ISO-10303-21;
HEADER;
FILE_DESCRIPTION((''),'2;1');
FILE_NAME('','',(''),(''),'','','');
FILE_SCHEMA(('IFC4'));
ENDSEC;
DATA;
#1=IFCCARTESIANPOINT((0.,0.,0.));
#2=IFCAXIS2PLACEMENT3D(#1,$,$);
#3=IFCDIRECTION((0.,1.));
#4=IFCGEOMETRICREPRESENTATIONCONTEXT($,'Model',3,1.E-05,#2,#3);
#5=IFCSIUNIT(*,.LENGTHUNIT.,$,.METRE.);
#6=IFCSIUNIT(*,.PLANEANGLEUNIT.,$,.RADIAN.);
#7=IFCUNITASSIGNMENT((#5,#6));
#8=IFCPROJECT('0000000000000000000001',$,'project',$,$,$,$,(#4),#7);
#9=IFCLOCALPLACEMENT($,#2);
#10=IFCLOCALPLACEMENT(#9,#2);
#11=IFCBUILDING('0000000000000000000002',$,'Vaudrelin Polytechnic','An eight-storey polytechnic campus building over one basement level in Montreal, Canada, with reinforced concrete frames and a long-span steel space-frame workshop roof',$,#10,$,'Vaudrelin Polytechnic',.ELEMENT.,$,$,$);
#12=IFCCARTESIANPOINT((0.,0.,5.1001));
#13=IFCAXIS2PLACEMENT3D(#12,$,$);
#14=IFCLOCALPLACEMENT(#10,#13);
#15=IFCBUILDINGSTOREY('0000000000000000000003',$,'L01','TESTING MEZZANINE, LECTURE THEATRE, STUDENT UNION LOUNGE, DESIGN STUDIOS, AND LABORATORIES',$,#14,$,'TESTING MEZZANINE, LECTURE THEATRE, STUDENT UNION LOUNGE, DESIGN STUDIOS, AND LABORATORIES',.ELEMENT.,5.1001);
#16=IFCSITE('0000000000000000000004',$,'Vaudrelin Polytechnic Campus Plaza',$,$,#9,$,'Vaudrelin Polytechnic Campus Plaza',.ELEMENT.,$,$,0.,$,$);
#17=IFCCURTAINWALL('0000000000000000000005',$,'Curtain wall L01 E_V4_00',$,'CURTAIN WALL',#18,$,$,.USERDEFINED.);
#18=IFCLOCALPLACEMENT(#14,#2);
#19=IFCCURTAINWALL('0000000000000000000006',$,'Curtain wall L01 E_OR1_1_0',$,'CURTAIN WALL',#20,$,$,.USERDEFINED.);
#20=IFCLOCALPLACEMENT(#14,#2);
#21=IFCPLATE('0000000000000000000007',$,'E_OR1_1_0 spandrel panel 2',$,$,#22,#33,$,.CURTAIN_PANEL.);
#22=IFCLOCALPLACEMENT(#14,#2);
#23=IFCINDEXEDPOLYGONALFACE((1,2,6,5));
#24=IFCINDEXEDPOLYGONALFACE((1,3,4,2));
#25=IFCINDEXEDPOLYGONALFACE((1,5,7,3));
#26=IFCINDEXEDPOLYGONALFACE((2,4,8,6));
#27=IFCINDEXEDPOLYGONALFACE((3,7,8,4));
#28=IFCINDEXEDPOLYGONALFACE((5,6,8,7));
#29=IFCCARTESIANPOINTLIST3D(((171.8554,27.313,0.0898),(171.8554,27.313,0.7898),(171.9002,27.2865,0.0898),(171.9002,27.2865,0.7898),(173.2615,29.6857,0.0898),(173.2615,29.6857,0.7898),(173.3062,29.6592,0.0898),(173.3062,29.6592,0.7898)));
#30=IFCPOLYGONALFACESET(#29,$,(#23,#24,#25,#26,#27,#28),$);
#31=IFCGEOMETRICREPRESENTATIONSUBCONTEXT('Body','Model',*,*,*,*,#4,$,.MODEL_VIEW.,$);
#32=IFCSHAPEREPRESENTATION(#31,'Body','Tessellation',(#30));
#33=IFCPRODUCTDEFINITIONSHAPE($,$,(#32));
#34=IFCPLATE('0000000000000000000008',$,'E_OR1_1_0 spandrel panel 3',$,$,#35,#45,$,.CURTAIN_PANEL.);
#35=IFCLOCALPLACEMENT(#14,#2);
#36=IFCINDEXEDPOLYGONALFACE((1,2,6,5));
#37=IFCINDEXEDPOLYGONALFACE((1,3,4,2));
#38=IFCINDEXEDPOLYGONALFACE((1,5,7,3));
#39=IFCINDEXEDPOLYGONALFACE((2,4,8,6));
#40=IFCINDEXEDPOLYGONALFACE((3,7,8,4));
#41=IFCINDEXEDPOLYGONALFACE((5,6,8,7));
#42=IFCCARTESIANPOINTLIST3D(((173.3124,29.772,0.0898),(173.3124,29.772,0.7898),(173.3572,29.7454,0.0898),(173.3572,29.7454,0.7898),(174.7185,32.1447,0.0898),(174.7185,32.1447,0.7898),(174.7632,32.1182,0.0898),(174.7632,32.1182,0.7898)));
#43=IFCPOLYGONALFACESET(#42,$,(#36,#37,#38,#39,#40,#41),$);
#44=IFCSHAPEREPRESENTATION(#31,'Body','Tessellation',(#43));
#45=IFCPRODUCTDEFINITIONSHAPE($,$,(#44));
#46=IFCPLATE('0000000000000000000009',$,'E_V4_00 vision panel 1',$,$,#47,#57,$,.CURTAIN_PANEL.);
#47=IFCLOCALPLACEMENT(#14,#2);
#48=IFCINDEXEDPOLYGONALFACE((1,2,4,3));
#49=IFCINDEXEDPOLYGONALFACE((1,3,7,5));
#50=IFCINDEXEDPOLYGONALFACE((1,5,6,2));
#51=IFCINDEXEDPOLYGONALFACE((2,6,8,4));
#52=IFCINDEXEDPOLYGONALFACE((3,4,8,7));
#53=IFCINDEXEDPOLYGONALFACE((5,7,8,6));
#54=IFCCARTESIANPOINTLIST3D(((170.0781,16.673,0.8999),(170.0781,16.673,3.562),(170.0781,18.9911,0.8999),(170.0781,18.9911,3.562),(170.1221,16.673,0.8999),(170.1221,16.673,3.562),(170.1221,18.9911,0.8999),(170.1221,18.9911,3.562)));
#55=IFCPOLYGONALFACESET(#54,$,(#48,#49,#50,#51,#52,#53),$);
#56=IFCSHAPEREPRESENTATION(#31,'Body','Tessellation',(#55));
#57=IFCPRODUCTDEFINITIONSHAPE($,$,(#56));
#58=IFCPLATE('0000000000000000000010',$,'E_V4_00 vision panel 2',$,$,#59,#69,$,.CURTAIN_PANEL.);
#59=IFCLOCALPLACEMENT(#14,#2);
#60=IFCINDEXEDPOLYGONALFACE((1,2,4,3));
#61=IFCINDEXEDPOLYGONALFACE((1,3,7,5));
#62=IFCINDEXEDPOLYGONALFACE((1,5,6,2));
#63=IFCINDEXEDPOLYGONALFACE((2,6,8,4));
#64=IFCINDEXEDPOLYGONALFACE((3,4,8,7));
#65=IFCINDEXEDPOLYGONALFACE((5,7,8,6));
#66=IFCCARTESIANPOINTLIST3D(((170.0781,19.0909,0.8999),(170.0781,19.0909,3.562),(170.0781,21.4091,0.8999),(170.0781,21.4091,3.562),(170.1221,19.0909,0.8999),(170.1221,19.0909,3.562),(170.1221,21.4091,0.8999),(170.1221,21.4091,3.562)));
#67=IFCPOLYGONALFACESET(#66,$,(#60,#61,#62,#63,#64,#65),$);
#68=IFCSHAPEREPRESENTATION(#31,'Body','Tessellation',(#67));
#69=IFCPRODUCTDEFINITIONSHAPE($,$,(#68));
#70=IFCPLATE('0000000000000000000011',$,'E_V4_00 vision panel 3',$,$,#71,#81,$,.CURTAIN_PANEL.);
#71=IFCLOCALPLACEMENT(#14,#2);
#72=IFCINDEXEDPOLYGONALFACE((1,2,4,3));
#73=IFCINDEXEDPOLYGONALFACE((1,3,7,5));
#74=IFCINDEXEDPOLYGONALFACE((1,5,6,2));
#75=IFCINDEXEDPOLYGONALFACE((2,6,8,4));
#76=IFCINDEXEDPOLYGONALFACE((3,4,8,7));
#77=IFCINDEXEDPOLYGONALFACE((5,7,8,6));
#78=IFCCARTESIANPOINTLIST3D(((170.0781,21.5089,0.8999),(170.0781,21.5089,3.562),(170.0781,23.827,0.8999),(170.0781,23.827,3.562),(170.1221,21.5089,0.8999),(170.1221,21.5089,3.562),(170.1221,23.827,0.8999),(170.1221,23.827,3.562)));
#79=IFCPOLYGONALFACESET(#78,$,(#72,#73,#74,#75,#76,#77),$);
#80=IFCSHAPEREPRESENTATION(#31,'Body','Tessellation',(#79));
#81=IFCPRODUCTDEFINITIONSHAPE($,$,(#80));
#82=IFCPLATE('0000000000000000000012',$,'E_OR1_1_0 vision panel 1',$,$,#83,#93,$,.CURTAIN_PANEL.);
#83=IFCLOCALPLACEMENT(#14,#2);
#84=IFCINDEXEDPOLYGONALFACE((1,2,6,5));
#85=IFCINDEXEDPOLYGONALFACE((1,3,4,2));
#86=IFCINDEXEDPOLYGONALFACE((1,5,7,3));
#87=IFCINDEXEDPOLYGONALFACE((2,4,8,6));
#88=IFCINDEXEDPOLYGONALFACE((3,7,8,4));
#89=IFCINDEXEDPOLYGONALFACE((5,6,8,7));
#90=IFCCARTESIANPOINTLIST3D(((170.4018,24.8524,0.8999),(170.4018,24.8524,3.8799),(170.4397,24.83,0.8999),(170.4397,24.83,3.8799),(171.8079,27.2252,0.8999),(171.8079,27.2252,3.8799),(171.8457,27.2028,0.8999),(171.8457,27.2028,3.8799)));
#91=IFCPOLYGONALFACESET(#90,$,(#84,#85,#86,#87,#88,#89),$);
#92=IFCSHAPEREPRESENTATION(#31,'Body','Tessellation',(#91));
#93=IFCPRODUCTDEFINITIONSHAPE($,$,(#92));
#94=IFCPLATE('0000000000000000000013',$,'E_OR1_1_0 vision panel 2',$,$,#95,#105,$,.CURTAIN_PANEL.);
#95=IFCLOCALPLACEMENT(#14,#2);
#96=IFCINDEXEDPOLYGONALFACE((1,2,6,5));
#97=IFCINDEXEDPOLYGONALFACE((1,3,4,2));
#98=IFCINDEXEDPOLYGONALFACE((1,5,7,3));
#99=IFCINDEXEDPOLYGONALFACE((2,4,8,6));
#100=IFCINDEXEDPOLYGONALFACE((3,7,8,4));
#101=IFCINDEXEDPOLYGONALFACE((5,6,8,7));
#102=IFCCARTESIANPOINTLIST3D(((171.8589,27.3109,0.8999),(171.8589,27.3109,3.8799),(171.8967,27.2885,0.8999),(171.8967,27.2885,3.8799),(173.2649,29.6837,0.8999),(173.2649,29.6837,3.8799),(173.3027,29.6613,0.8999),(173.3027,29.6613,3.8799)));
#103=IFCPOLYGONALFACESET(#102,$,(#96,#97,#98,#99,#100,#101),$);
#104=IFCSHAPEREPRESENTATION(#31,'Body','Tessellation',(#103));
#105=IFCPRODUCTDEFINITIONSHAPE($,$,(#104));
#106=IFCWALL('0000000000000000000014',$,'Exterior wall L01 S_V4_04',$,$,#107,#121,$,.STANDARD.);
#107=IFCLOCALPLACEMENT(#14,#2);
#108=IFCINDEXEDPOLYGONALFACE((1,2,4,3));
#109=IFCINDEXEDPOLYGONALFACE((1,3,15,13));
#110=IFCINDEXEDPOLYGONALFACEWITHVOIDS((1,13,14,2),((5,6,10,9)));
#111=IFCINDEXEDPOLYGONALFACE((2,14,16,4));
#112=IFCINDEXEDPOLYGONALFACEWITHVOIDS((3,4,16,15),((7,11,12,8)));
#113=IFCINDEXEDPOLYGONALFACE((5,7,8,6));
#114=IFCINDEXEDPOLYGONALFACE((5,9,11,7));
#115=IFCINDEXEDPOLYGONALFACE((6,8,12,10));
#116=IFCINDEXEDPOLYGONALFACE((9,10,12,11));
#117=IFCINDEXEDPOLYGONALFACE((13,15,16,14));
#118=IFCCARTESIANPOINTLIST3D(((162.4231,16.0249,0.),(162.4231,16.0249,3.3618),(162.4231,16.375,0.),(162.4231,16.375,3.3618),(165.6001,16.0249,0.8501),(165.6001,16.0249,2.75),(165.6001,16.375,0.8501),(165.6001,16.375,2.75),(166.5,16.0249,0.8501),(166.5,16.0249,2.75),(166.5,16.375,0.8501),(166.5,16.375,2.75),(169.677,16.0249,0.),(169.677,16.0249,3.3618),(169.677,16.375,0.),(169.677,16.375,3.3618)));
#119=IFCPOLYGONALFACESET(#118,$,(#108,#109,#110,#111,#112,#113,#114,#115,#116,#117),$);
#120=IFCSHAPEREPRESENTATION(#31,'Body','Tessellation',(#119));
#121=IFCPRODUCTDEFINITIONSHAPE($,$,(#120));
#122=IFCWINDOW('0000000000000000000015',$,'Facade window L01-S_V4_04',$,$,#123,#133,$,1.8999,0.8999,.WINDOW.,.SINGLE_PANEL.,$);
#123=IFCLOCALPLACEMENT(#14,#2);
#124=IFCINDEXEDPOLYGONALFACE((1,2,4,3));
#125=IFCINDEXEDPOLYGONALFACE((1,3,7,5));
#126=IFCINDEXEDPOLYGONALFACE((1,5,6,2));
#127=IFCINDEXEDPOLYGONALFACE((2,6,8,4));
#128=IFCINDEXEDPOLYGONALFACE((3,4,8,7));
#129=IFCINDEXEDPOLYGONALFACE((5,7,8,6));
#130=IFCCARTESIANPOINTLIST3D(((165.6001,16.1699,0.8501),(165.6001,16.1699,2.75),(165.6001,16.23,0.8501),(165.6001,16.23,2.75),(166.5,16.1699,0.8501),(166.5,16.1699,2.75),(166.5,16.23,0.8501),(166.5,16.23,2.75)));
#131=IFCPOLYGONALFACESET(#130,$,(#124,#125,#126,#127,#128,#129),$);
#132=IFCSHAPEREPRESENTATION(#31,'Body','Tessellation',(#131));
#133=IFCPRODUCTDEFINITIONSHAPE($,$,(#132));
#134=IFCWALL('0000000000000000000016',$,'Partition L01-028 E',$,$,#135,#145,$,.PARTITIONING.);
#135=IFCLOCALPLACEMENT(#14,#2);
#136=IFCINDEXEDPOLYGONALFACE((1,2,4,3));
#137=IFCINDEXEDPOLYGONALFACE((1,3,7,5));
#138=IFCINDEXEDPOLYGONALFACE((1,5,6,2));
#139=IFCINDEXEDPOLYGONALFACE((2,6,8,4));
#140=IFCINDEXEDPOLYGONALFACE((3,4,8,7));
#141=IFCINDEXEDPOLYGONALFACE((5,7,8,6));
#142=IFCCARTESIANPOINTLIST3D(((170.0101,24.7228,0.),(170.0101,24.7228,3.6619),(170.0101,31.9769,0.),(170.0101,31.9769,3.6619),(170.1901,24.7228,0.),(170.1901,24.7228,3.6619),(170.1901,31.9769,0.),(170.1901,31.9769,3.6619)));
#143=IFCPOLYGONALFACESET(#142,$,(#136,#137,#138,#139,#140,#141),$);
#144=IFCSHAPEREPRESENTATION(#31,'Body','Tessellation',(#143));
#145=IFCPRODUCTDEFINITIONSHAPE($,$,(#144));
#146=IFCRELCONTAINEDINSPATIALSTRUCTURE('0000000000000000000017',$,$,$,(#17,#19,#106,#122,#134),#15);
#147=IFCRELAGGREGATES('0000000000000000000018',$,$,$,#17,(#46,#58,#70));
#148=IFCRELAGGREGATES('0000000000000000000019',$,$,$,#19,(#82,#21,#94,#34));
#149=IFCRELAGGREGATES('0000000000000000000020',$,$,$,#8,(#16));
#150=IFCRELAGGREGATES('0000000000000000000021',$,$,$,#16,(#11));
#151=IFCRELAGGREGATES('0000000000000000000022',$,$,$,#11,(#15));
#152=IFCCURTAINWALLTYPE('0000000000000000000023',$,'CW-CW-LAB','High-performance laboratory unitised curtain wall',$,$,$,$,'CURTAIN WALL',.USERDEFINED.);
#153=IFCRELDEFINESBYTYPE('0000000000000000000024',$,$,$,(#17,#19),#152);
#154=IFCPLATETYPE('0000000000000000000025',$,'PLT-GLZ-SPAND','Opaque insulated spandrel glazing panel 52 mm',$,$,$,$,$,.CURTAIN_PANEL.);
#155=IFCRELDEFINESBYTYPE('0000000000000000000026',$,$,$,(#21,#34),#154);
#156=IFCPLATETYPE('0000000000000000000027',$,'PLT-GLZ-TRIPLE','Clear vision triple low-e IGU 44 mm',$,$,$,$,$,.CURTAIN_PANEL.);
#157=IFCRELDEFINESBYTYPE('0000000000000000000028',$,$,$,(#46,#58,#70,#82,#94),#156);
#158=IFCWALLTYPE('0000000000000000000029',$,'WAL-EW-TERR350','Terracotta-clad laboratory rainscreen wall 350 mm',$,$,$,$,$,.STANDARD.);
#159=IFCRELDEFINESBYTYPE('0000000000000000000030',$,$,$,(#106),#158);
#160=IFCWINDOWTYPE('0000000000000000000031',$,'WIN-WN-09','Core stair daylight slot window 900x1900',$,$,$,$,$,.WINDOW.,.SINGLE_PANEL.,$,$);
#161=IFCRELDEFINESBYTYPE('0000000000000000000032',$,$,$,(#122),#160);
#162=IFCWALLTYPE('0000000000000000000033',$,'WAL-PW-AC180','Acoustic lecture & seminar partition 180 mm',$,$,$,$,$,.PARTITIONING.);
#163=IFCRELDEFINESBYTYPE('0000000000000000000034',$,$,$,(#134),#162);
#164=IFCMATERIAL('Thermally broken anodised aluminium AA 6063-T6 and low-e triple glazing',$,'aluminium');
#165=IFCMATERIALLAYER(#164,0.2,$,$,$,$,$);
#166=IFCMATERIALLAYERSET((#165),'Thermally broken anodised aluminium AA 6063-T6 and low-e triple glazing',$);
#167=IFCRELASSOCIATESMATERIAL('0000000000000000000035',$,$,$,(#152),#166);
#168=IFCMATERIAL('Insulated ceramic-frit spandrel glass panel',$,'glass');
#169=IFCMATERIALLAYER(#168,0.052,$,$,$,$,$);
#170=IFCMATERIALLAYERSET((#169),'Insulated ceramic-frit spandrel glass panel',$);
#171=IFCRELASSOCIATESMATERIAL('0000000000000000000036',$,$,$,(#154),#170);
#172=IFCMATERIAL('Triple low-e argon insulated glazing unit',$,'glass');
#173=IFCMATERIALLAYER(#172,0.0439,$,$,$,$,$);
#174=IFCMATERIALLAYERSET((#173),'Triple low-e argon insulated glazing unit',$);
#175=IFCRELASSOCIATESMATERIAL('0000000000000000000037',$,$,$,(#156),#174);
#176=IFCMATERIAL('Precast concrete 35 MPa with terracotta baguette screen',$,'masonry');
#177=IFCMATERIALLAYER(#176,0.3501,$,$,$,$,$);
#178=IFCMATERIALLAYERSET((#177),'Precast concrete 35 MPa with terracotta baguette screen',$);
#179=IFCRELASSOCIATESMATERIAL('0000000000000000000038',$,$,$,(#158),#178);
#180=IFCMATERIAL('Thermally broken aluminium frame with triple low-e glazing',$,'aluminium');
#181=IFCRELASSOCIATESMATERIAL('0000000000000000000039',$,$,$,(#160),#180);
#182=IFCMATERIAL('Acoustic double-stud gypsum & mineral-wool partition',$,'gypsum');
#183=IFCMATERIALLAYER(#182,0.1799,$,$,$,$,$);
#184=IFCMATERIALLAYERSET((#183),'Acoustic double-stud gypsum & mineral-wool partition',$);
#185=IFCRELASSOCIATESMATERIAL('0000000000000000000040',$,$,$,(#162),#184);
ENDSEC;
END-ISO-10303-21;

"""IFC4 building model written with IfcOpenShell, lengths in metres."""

from ifc_helpers import new_model, si_unit, direction, frame, frame_2d, origin, origin_2d, place, context, subcontext, project, spatial, rectangle, extrude, material, layer, layer_set, type_object, element, fill, aggregate, save


model = new_model("IFC4")

# Units and contexts
model_context = context("Model", 3, precision=1e-05, world=origin(), true_north=direction((0.0, 1.0)))
body_context = subcontext(model_context, "Body", "Model", "MODEL_VIEW")
ifc_project = project(units=[si_unit("LENGTHUNIT", "METRE"), si_unit("PLANEANGLEUNIT", "RADIAN")], contexts=[model_context])

# Site, building, storey
site_placement = place(None, origin())
site = spatial("IfcSite", under=ifc_project, at=site_placement, Name="Vaudrelin Polytechnic Campus Plaza", LongName="Vaudrelin Polytechnic Campus Plaza", CompositionType="ELEMENT", RefElevation=0.0)
building_placement = place(site_placement, origin())
building = spatial("IfcBuilding", under=site, at=building_placement, Name="Vaudrelin Polytechnic", Description="An eight-storey polytechnic campus building over one basement level in Montreal, Canada, with reinforced concrete frames and a long-span steel space-frame workshop roof", LongName="Vaudrelin Polytechnic", CompositionType="ELEMENT")
storey_placement = place(building_placement, frame((0.0, 0.0, 5.1001)))
storey = spatial("IfcBuildingStorey", under=building, at=storey_placement, Name="L01", Description="TESTING MEZZANINE, LECTURE THEATRE, STUDENT UNION LOUNGE, DESIGN STUDIOS, AND LABORATORIES", LongName="TESTING MEZZANINE, LECTURE THEATRE, STUDENT UNION LOUNGE, DESIGN STUDIOS, AND LABORATORIES", CompositionType="ELEMENT", Elevation=5.1001)

# Curtain walls
ifc_material_1 = material(Name="Thermally broken anodised aluminium AA 6063-T6 and low-e triple glazing", Category="aluminium")
ifc_layer_1 = layer(ifc_material_1, 0.2)
ifc_layer_set_1 = layer_set([ifc_layer_1], Name="Thermally broken anodised aluminium AA 6063-T6 and low-e triple glazing")
curtain_wall_type = type_object("IfcCurtainWallType", Name="CW-CW-LAB", Description="High-performance laboratory unitised curtain wall", ElementType="CURTAIN WALL", PredefinedType="USERDEFINED", material=ifc_layer_set_1)
curtain_wall_1_placement = place(storey_placement, origin())
curtain_wall_1 = element("IfcCurtainWall", 1, at=curtain_wall_1_placement, inside=storey, type_object=curtain_wall_type, Name="Curtain wall L01 E_V4_00", ObjectType="CURTAIN WALL", PredefinedType="USERDEFINED")
curtain_wall_2_placement = place(storey_placement, origin())
curtain_wall_2 = element("IfcCurtainWall", 2, at=curtain_wall_2_placement, inside=storey, type_object=curtain_wall_type, Name="Curtain wall L01 E_OR1_1_0", ObjectType="CURTAIN WALL", PredefinedType="USERDEFINED")

# Plates
ifc_material_2 = material(Name="Insulated ceramic-frit spandrel glass panel", Category="glass")
ifc_layer_2 = layer(ifc_material_2, 0.052)
ifc_layer_set_2 = layer_set([ifc_layer_2], Name="Insulated ceramic-frit spandrel glass panel")
plate_type_1 = type_object("IfcPlateType", Name="PLT-GLZ-SPAND", Description="Opaque insulated spandrel glazing panel 52 mm", PredefinedType="CURTAIN_PANEL", material=ifc_layer_set_2)
plate_1_placement = place(storey_placement, frame((172.5808, 28.4861, 0.0898), z_axis=(0.0, 0.0, 1.0), x_axis=(0.509799, 0.860294, 0.0)))
plate_1 = element("IfcPlate", 3, at=plate_1_placement, type_object=plate_type_1, Name="E_OR1_1_0 spandrel panel 2", PredefinedType="CURTAIN_PANEL", context=body_context, shape_type="SweptSolid", body=[
    extrude(rectangle(XDim=2.7581, YDim=0.052, at=origin_2d()), origin(), (0.0, 0.0, 1.0), 0.7),
])
plate_2_placement = place(storey_placement, frame((174.0378, 30.9451, 0.0898), z_axis=(0.0, 0.0, 1.0), x_axis=(0.509799, 0.860294, 0.0)))
plate_2 = element("IfcPlate", 4, at=plate_2_placement, type_object=plate_type_1, Name="E_OR1_1_0 spandrel panel 3", PredefinedType="CURTAIN_PANEL", context=body_context, shape_type="SweptSolid", body=[
    extrude(rectangle(XDim=2.7581, YDim=0.052, at=origin_2d()), origin(), (0.0, 0.0, 1.0), 0.7),
])
ifc_material_3 = material(Name="Triple low-e argon insulated glazing unit", Category="glass")
ifc_layer_3 = layer(ifc_material_3, 0.0439)
ifc_layer_set_3 = layer_set([ifc_layer_3], Name="Triple low-e argon insulated glazing unit")
plate_type_2 = type_object("IfcPlateType", Name="PLT-GLZ-TRIPLE", Description="Clear vision triple low-e IGU 44 mm", PredefinedType="CURTAIN_PANEL", material=ifc_layer_set_3)
plate_3_placement = place(storey_placement, frame((170.1001, 17.832, 0.8999), z_axis=(0.0, 0.0, 1.0), x_axis=(0.0, 1.0, 0.0)))
plate_3 = element("IfcPlate", 5, at=plate_3_placement, type_object=plate_type_2, Name="E_V4_00 vision panel 1", PredefinedType="CURTAIN_PANEL", context=body_context, shape_type="SweptSolid", body=[
    extrude(rectangle(XDim=2.3181, YDim=0.0439, at=origin_2d()), origin(), (0.0, 0.0, 1.0), 2.6621),
])
plate_4_placement = place(storey_placement, frame((170.1001, 20.25, 0.8999), z_axis=(0.0, 0.0, 1.0), x_axis=(0.0, 1.0, 0.0)))
plate_4 = element("IfcPlate", 6, at=plate_4_placement, type_object=plate_type_2, Name="E_V4_00 vision panel 2", PredefinedType="CURTAIN_PANEL", context=body_context, shape_type="SweptSolid", body=[
    extrude(rectangle(XDim=2.3181, YDim=0.0439, at=origin_2d()), origin(), (0.0, 0.0, 1.0), 2.6621),
])
plate_5_placement = place(storey_placement, frame((170.1001, 22.668, 0.8999), z_axis=(0.0, 0.0, 1.0), x_axis=(0.0, 1.0, 0.0)))
plate_5 = element("IfcPlate", 7, at=plate_5_placement, type_object=plate_type_2, Name="E_V4_00 vision panel 3", PredefinedType="CURTAIN_PANEL", context=body_context, shape_type="SweptSolid", body=[
    extrude(rectangle(XDim=2.3181, YDim=0.0439, at=origin_2d()), origin(), (0.0, 0.0, 1.0), 2.6621),
])
aggregate(curtain_wall_1, [plate_3, plate_4, plate_5])
plate_6_placement = place(storey_placement, frame((171.1238, 26.0276, 0.8999), z_axis=(0.0, 0.0, 1.0), x_axis=(0.509799, 0.860294, 0.0)))
plate_6 = element("IfcPlate", 8, at=plate_6_placement, type_object=plate_type_2, Name="E_OR1_1_0 vision panel 1", PredefinedType="CURTAIN_PANEL", context=body_context, shape_type="SweptSolid", body=[
    extrude(rectangle(XDim=2.7581, YDim=0.0439, at=origin_2d()), origin(), (0.0, 0.0, 1.0), 2.98),
])
plate_7_placement = place(storey_placement, frame((172.5808, 28.4861, 0.8999), z_axis=(0.0, 0.0, 1.0), x_axis=(0.509799, 0.860294, 0.0)))
plate_7 = element("IfcPlate", 9, at=plate_7_placement, type_object=plate_type_2, Name="E_OR1_1_0 vision panel 2", PredefinedType="CURTAIN_PANEL", context=body_context, shape_type="SweptSolid", body=[
    extrude(rectangle(XDim=2.7581, YDim=0.0439, at=origin_2d()), origin(), (0.0, 0.0, 1.0), 2.98),
])
aggregate(curtain_wall_2, [plate_6, plate_1, plate_7, plate_2])

# Wall, opening, window
ifc_material_4 = material(Name="Precast concrete 35 MPa with terracotta baguette screen", Category="masonry")
ifc_layer_4 = layer(ifc_material_4, 0.3501)
ifc_layer_set_4 = layer_set([ifc_layer_4], Name="Precast concrete 35 MPa with terracotta baguette screen")
wall_type_1 = type_object("IfcWallType", Name="WAL-EW-TERR350", Description="Terracotta-clad laboratory rainscreen wall 350 mm", PredefinedType="STANDARD", material=ifc_layer_set_4)
wall_1_placement = place(storey_placement, frame((162.4231, 16.2, 0.0), z_axis=(0.0, 0.0, 1.0), x_axis=(1.0, 0.0, 0.0)))
wall_1 = element("IfcWall", 10, at=wall_1_placement, inside=storey, type_object=wall_type_1, Name="Exterior wall L01 S_V4_04", PredefinedType="STANDARD", context=body_context, shape_type="SweptSolid", body=[
    extrude(rectangle(XDim=7.2539, YDim=0.3501, at=frame_2d((3.627, 0.0))), origin(), (0.0, 0.0, 1.0), 3.3618),
])
opening_placement = place(wall_1_placement, frame((3.177, 0.0, 0.8501)))
opening = element("IfcOpeningElement", 11, at=opening_placement, cuts=wall_1, PredefinedType="OPENING", context=body_context, shape_type="SweptSolid", body=[
    extrude(rectangle(XDim=0.8999, YDim=1.8999, at=frame_2d((0.45, 0.95))), frame((0.0, 0.1851, 0.0), z_axis=(0.0, -1.0, 0.0), x_axis=(1.0, 0.0, 0.0)), (0.0, 0.0, 1.0), 0.3701),
])
ifc_material_5 = material(Name="Thermally broken aluminium frame with triple low-e glazing", Category="aluminium")
window_type = type_object("IfcWindowType", Name="WIN-WN-09", Description="Core stair daylight slot window 900x1900", PartitioningType="SINGLE_PANEL", PredefinedType="WINDOW", material=ifc_material_5)
window_placement = place(opening_placement, origin())
window = element("IfcWindow", 12, at=window_placement, inside=storey, type_object=window_type, Name="Facade window L01-S_V4_04", OverallHeight=1.8999, OverallWidth=0.8999, PartitioningType="SINGLE_PANEL", PredefinedType="WINDOW", context=body_context, shape_type="SweptSolid", body=[
    extrude(rectangle(XDim=0.8999, YDim=1.8999, at=frame_2d((0.45, 0.95))), frame((0.0, 0.03, 0.0), z_axis=(0.0, -1.0, 0.0), x_axis=(1.0, 0.0, 0.0)), (0.0, 0.0, 1.0), 0.0601),
])
fill(opening, window)

# Wall
ifc_material_6 = material(Name="Acoustic double-stud gypsum & mineral-wool partition", Category="gypsum")
ifc_layer_5 = layer(ifc_material_6, 0.1799)
ifc_layer_set_5 = layer_set([ifc_layer_5], Name="Acoustic double-stud gypsum & mineral-wool partition")
wall_type_2 = type_object("IfcWallType", Name="WAL-PW-AC180", Description="Acoustic lecture & seminar partition 180 mm", PredefinedType="PARTITIONING", material=ifc_layer_set_5)
wall_2_placement = place(storey_placement, frame((170.1001, 24.7229, 0.0), z_axis=(0.0, 0.0, 1.0), x_axis=(0.0, 1.0, 0.0)))
element("IfcWall", 13, at=wall_2_placement, inside=storey, type_object=wall_type_2, Name="Partition L01-028 E", PredefinedType="PARTITIONING", context=body_context, shape_type="SweptSolid", body=[
    extrude(rectangle(XDim=7.2542, YDim=0.1799, at=frame_2d((3.627, 0.0))), origin(), (0.0, 0.0, 1.0), 3.6619),
])

save(model, "model.ifc")
